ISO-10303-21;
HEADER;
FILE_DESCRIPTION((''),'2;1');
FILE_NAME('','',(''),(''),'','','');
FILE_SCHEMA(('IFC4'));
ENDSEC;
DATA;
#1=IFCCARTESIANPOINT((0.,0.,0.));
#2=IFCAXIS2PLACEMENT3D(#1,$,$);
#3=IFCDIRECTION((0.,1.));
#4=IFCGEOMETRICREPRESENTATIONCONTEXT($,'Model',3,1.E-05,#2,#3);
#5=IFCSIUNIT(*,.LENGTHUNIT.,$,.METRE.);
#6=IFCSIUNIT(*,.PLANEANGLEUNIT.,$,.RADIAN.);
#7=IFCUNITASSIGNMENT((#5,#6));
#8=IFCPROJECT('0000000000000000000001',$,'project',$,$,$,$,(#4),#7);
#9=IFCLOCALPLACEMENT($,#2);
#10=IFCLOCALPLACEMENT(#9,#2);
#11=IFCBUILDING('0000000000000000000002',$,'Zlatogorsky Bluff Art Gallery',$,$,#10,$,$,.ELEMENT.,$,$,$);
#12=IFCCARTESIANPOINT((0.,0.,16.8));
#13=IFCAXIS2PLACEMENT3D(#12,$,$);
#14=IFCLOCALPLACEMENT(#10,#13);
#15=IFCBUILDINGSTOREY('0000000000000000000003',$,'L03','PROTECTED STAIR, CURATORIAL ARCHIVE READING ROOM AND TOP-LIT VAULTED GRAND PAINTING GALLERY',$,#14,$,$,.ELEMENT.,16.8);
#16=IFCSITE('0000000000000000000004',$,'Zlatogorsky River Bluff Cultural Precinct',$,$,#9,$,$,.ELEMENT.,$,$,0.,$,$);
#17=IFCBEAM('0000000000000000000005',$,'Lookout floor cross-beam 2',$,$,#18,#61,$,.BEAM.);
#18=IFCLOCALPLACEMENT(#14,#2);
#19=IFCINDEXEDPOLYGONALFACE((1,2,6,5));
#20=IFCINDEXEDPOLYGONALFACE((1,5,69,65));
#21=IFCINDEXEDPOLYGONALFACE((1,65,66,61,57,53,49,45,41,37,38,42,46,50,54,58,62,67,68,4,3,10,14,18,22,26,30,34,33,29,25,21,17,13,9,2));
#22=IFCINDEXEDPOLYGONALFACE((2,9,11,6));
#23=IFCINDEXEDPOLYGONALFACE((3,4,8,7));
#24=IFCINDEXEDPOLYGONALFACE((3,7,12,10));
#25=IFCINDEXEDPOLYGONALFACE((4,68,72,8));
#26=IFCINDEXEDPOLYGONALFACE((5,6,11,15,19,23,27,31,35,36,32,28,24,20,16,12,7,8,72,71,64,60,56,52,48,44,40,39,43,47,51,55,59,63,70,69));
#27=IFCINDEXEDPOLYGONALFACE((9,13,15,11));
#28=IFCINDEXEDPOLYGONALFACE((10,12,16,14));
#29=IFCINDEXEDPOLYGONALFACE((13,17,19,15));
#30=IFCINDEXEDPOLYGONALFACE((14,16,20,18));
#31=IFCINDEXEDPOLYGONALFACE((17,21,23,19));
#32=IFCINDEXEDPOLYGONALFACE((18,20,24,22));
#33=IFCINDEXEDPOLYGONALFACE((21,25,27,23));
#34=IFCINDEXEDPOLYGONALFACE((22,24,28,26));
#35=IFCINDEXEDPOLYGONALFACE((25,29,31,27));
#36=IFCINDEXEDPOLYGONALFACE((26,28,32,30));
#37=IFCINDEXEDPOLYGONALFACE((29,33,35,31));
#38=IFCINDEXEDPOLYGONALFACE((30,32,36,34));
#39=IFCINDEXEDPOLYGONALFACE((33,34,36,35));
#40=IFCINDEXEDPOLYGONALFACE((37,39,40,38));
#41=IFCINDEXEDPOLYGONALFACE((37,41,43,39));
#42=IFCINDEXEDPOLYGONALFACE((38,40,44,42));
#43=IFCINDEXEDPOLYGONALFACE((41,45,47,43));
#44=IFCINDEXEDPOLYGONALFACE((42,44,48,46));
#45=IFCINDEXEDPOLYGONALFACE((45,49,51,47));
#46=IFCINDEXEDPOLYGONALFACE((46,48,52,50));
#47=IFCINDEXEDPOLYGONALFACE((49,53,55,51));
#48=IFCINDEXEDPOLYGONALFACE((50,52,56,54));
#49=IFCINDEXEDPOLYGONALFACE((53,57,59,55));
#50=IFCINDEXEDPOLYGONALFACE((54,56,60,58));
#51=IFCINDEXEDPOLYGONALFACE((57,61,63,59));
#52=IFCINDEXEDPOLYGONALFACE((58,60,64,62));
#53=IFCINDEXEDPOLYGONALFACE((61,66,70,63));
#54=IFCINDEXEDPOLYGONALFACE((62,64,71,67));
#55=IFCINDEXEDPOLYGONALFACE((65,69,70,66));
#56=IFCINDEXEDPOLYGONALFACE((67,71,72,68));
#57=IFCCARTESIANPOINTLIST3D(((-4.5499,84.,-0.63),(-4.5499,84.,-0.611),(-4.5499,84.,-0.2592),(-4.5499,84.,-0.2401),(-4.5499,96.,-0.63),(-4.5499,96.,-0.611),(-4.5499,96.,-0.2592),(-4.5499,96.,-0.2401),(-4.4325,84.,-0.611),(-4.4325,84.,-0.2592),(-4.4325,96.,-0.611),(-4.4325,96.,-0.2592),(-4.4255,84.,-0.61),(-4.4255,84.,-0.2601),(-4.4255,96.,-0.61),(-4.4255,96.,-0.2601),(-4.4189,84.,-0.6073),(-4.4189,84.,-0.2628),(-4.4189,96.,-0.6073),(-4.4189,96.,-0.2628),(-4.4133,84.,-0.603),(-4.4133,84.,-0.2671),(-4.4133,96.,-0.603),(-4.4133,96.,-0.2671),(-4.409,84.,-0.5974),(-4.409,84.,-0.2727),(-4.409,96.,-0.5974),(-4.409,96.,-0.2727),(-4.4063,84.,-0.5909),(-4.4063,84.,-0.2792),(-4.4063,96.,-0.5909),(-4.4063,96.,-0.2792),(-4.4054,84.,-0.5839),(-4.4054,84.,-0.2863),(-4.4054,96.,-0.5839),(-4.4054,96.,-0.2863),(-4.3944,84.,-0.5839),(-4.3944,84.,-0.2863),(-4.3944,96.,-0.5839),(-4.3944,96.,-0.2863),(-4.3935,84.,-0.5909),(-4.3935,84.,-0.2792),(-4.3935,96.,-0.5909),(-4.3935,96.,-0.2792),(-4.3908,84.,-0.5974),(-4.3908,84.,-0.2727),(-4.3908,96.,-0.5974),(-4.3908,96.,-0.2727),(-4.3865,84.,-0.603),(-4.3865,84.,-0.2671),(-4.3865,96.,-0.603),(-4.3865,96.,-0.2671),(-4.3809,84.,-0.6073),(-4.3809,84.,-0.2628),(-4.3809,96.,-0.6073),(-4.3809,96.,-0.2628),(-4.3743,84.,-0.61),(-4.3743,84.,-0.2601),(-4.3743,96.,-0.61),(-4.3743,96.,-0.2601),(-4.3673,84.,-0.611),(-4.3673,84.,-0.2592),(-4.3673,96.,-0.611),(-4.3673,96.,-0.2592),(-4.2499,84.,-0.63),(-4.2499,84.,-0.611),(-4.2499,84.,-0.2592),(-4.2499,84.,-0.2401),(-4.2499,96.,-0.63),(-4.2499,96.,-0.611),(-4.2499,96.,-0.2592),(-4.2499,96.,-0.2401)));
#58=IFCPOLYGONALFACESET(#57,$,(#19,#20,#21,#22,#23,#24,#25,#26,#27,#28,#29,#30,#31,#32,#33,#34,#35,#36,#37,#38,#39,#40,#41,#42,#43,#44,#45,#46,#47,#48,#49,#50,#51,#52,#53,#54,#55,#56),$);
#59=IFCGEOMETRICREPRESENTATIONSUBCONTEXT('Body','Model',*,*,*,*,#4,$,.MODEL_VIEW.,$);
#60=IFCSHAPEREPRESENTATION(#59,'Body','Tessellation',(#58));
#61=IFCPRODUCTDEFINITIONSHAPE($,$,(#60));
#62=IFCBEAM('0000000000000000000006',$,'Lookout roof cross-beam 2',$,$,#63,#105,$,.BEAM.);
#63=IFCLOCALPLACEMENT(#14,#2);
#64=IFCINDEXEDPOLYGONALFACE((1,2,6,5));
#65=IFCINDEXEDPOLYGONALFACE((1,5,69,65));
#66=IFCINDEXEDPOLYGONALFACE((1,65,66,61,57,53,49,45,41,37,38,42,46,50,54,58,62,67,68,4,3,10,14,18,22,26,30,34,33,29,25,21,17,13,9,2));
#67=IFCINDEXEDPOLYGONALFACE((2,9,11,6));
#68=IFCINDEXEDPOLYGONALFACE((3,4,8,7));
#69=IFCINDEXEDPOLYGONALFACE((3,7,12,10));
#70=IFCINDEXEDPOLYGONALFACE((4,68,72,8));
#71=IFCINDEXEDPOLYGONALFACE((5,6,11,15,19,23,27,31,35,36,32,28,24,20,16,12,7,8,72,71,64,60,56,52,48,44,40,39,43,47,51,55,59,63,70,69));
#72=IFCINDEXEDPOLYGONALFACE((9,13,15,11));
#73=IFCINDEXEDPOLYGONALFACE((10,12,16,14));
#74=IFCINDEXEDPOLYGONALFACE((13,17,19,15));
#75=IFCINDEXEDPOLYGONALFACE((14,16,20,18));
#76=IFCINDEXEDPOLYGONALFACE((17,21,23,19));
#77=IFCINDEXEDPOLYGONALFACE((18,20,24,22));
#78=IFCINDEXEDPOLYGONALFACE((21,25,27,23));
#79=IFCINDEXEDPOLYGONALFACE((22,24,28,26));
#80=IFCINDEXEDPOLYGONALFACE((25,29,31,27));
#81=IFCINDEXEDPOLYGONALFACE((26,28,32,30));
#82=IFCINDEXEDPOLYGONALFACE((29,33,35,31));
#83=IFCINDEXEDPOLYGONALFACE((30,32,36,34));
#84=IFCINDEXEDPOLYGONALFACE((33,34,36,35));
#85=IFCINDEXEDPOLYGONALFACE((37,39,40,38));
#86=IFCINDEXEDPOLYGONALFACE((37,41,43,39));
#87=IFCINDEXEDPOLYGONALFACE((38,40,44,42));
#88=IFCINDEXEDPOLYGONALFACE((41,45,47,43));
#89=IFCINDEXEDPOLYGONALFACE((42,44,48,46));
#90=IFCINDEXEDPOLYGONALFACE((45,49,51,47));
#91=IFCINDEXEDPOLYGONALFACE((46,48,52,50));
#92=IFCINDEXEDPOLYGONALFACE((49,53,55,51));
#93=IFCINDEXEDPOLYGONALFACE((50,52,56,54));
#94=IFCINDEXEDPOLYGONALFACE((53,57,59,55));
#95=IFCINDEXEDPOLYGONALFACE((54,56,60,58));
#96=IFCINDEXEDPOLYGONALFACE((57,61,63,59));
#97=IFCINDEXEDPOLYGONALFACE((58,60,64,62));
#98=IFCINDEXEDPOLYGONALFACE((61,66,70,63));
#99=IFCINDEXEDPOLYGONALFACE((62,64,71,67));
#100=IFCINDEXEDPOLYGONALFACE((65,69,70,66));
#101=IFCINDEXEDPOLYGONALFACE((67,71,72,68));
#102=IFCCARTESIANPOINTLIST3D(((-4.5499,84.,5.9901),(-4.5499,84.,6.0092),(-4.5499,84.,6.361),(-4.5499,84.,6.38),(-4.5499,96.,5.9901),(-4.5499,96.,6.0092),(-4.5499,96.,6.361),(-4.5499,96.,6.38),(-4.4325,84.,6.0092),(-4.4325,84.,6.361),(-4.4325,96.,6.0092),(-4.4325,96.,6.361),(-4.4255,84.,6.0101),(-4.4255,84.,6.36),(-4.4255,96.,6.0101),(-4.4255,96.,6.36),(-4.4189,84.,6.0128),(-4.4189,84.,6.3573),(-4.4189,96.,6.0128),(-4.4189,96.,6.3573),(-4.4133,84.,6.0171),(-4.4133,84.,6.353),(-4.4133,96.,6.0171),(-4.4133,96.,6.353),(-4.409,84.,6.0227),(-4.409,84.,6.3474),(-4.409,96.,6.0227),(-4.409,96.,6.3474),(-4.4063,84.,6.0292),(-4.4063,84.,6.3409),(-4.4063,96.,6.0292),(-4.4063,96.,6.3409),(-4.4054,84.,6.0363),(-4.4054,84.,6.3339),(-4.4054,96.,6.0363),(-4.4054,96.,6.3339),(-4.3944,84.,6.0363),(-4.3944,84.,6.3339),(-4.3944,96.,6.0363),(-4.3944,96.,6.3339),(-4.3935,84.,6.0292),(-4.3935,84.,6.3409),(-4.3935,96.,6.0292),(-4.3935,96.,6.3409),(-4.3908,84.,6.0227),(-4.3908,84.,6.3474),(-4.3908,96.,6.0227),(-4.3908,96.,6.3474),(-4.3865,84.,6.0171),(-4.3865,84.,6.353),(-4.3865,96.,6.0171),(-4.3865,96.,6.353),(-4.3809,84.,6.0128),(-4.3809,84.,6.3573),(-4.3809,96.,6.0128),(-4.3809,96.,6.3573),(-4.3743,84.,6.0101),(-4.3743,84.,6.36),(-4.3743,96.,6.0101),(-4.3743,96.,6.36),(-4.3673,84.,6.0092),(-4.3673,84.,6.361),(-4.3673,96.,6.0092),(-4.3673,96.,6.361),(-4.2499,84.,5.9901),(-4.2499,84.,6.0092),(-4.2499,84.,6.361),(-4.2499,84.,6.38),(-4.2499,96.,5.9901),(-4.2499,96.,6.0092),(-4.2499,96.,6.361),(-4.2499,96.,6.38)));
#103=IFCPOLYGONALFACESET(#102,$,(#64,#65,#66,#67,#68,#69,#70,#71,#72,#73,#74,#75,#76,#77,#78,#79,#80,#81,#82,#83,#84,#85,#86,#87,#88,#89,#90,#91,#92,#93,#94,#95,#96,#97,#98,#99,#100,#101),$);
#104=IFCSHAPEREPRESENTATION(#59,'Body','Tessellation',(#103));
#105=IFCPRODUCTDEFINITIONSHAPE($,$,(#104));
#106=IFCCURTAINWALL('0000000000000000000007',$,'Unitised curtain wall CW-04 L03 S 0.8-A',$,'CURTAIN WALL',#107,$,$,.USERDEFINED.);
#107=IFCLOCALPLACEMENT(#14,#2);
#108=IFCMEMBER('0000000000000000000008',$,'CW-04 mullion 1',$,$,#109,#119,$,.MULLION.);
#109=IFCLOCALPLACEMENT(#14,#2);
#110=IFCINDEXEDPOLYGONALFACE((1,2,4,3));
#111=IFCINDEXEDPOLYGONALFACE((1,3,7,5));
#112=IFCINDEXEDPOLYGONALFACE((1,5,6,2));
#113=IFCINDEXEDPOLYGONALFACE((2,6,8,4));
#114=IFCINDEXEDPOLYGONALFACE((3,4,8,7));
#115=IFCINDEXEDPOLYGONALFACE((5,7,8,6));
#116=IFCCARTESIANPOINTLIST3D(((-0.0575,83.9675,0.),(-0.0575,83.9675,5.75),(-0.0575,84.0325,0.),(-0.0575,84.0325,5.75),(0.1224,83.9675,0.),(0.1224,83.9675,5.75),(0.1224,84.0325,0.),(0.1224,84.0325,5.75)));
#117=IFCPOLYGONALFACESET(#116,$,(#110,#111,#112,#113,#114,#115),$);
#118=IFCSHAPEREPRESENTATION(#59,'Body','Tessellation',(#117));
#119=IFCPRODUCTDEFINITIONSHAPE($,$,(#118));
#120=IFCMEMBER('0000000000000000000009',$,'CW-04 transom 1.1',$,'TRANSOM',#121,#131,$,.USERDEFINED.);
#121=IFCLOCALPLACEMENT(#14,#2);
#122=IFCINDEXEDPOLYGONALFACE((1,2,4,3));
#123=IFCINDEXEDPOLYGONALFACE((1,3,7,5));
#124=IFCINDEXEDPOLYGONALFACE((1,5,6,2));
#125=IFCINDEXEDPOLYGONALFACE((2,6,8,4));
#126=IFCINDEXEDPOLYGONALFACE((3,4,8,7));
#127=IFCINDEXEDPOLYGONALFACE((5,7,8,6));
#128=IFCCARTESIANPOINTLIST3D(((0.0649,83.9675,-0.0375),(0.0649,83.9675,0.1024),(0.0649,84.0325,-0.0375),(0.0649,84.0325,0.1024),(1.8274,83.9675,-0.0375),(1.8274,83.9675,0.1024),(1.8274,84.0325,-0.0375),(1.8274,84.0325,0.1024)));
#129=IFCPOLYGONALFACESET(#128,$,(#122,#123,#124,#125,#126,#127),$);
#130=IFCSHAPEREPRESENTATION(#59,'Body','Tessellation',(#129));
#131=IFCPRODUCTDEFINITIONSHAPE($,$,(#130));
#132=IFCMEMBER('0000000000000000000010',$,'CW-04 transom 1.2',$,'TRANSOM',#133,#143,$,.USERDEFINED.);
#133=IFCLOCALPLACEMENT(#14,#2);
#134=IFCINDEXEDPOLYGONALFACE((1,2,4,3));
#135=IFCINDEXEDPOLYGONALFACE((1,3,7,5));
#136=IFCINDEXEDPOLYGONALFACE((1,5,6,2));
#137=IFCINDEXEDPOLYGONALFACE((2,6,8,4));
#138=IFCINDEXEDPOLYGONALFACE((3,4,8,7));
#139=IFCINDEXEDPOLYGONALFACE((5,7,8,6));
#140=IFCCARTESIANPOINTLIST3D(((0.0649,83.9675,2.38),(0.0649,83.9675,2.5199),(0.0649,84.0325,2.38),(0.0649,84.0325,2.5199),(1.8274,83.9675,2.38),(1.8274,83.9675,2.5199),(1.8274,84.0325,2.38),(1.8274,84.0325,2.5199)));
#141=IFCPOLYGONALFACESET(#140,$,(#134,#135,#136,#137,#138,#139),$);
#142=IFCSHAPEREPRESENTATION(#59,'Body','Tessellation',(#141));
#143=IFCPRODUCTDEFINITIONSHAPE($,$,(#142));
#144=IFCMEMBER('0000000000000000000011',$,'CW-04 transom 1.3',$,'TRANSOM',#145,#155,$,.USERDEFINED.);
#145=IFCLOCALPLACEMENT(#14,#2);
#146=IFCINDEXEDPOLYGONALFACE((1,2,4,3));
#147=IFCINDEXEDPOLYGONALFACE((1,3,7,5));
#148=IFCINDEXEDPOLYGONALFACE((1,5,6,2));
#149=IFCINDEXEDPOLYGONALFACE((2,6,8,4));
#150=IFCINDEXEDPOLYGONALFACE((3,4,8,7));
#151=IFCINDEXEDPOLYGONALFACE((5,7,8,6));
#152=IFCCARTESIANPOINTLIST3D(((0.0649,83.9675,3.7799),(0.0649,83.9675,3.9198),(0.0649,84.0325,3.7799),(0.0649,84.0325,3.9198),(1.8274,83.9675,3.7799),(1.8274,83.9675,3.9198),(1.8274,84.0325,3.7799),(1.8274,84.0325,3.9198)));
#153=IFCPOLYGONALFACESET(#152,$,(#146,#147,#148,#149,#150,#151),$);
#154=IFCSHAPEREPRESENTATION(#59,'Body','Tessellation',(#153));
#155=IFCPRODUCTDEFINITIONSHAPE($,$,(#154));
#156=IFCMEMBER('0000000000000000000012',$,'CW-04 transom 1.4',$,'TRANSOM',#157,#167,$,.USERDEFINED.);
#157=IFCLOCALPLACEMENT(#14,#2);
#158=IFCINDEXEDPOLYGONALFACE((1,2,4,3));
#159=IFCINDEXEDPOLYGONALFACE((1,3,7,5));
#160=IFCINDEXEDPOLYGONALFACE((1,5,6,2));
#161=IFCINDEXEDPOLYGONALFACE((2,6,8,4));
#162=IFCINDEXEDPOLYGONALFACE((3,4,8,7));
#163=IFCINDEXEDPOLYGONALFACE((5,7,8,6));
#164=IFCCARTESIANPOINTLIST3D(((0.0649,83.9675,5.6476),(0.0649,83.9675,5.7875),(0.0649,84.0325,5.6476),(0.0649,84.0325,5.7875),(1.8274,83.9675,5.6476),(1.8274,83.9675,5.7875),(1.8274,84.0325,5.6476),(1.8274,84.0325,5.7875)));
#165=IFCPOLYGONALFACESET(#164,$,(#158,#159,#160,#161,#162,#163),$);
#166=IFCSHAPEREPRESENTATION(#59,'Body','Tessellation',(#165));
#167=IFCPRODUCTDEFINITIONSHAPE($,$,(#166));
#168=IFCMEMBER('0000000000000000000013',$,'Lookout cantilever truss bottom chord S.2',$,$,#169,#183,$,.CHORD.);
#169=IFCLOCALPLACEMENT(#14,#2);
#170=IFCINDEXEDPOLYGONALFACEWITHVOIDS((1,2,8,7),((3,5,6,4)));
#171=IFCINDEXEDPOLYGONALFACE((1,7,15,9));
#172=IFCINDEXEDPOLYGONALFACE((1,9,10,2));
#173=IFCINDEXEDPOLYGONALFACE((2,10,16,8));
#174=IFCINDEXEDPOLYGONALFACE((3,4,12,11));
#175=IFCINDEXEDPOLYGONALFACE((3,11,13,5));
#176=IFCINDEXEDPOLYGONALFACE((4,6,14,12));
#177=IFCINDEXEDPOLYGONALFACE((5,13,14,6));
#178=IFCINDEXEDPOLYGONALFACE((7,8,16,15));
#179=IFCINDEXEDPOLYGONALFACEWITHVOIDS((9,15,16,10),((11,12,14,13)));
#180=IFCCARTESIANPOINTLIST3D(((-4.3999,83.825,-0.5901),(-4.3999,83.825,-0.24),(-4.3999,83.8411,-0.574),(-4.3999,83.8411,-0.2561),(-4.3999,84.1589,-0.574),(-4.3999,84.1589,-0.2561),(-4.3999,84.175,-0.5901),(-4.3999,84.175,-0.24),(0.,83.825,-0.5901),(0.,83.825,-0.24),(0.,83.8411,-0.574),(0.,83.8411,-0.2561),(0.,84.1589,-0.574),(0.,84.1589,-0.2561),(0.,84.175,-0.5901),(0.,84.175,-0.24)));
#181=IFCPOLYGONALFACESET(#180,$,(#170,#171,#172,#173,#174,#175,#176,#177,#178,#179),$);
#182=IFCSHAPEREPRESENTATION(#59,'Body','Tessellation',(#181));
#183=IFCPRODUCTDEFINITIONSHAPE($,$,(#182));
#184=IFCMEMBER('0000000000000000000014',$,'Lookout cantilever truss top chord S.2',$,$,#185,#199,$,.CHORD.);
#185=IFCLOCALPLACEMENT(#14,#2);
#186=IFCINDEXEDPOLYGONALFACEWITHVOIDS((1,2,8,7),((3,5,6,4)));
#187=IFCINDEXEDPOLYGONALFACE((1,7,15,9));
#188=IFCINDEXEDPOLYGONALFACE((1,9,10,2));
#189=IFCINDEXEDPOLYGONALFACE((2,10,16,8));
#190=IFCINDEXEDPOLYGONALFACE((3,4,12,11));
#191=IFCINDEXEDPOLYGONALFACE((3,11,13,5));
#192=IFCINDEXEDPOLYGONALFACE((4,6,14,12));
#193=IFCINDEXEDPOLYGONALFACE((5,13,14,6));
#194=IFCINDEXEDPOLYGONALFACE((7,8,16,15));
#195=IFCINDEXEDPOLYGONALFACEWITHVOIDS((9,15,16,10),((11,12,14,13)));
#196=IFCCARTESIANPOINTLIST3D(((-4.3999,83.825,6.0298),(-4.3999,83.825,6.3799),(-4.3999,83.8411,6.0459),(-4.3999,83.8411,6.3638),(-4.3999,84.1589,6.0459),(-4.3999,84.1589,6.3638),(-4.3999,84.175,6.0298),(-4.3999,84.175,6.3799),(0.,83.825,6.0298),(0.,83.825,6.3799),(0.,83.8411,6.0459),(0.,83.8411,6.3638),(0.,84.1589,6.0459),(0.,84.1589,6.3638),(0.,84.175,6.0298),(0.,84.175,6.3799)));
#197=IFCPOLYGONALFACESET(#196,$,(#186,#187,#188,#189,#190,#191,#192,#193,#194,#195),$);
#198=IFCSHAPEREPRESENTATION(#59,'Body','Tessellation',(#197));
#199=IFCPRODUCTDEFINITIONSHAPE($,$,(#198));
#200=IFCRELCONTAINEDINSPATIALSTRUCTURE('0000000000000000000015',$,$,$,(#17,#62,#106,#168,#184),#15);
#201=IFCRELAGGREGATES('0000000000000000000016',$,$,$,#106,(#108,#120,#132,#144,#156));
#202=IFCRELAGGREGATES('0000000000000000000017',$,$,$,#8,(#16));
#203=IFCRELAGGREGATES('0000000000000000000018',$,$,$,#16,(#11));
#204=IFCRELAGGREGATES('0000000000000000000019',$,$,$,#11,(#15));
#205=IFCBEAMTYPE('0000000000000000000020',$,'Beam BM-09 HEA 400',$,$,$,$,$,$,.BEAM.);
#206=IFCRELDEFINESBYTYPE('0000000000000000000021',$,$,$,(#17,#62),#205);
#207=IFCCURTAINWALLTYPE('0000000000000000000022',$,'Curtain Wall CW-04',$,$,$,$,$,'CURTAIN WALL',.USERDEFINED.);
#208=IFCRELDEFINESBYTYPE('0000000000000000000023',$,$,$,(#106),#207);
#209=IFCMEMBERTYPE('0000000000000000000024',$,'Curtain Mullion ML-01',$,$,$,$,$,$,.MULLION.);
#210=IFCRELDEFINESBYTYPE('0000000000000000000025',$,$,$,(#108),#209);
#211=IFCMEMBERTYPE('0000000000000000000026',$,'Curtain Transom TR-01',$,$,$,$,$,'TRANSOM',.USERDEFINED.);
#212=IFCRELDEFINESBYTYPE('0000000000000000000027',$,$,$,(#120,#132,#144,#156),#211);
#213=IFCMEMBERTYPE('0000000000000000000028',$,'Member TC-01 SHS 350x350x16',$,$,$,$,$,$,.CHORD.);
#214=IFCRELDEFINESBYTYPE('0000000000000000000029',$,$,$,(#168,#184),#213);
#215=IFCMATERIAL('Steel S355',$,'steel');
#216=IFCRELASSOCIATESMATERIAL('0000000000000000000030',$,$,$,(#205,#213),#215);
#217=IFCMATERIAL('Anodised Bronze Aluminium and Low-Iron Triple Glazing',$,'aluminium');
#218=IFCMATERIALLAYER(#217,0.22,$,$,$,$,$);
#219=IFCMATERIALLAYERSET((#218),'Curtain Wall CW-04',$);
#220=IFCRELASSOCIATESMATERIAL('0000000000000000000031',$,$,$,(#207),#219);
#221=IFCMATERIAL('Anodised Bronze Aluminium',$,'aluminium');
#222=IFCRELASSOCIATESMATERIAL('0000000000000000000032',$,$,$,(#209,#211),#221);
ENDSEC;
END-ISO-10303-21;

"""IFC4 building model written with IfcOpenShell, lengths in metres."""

from ifc_helpers import new_model, si_unit, direction, frame, origin, origin_2d, place, context, subcontext, project, spatial, rectangle, hollow_rectangle, i_section, extrude, material, layer, layer_set, material_profile, profile_set, type_object, element, aggregate, save


model = new_model("IFC4")

# Units and contexts
model_context = context("Model", 3, precision=1e-05, world=origin(), true_north=direction((0.0, 1.0)))
body_context = subcontext(model_context, "Body", "Model", "MODEL_VIEW")
ifc_project = project(units=[si_unit("LENGTHUNIT", "METRE"), si_unit("PLANEANGLEUNIT", "RADIAN")], contexts=[model_context])

# Site, building, storey
site_placement = place(None, origin())
site = spatial("IfcSite", under=ifc_project, at=site_placement, Name="Zlatogorsky River Bluff Cultural Precinct", CompositionType="ELEMENT", RefElevation=0.0)
building_placement = place(site_placement, origin())
building = spatial("IfcBuilding", under=site, at=building_placement, Name="Zlatogorsky Bluff Art Gallery", CompositionType="ELEMENT")
storey_placement = place(building_placement, frame((0.0, 0.0, 16.8)))
storey = spatial("IfcBuildingStorey", under=building, at=storey_placement, Name="L03", Description="PROTECTED STAIR, CURATORIAL ARCHIVE READING ROOM AND TOP-LIT VAULTED GRAND PAINTING GALLERY", CompositionType="ELEMENT", Elevation=16.8)

# Shared definitions
ifc_material_1 = material(Name="Steel S355", Category="steel")

# Beams
ifc_material_profile_1 = material_profile(ifc_material_1, i_section(OverallWidth=0.3, OverallDepth=0.3899, WebThickness=0.011, FlangeThickness=0.019, FilletRadius=0.0271, at=origin_2d()), Name="HEA 400")
ifc_profile_set_1 = profile_set([ifc_material_profile_1], Name="Steel S355")
beam_type_1 = type_object("IfcBeamType", Name="Beam BM-09 HEA 400", PredefinedType="BEAM", material=ifc_profile_set_1)
for number, where, z_axis, x_axis, name in (
    (1, (-4.3999, 84.0, -0.4351), (0.0, 1.0, 0.0), (-1.0, 0.0, 0.0), "Lookout floor cross-beam 2"),
    (2, (-4.3999, 84.0, 6.1851), (0.0, 1.0, 0.0), (-1.0, 0.0, 0.0), "Lookout roof cross-beam 2"),
):
    element("IfcBeam", number, at=place(storey_placement, frame(where, z_axis=z_axis, x_axis=x_axis)), inside=storey, type_object=beam_type_1, Name=name, PredefinedType="BEAM", context=body_context, shape_type="SweptSolid", body=[
        extrude(i_section(OverallWidth=0.3, OverallDepth=0.3899, WebThickness=0.011, FlangeThickness=0.019, FilletRadius=0.0271, at=origin_2d()), origin(), (0.0, 0.0, 1.0), 12.0),
    ])

# Curtain wall, members
ifc_material_2 = material(Name="Anodised Bronze Aluminium and Low-Iron Triple Glazing", Category="aluminium")
ifc_layer_1 = layer(ifc_material_2, 0.22)
ifc_layer_set_1 = layer_set([ifc_layer_1], Name="Curtain Wall CW-04")
curtain_wall_type = type_object("IfcCurtainWallType", Name="Curtain Wall CW-04", ElementType="CURTAIN WALL", PredefinedType="USERDEFINED", material=ifc_layer_set_1)
curtain_wall_placement = place(storey_placement, origin())
curtain_wall = element("IfcCurtainWall", 3, at=curtain_wall_placement, inside=storey, type_object=curtain_wall_type, Name="Unitised curtain wall CW-04 L03 S 0.8-A", ObjectType="CURTAIN WALL", PredefinedType="USERDEFINED")
ifc_material_3 = material(Name="Anodised Bronze Aluminium", Category="aluminium")
ifc_material_profile_2 = material_profile(ifc_material_3, rectangle(XDim=0.0649, YDim=0.1799, at=origin_2d()), Name="ALU MULLION 65x180")
ifc_profile_set_2 = profile_set([ifc_material_profile_2], Name="Anodised Bronze Aluminium")
member_type_1 = type_object("IfcMemberType", Name="Curtain Mullion ML-01", PredefinedType="MULLION", material=ifc_profile_set_2)
member_1_placement = place(storey_placement, frame((0.0325, 84.0, 0.0), z_axis=(0.0, 0.0, 1.0), x_axis=(0.0, 1.0, 0.0)))
member_1 = element("IfcMember", 4, at=member_1_placement, type_object=member_type_1, Name="CW-04 mullion 1", PredefinedType="MULLION", context=body_context, shape_type="SweptSolid", body=[
    extrude(rectangle(XDim=0.0649, YDim=0.1799, at=origin_2d()), origin(), (0.0, 0.0, 1.0), 5.75),
])
ifc_material_profile_3 = material_profile(ifc_material_3, rectangle(XDim=0.0649, YDim=0.1399, at=origin_2d()), Name="ALU TRANSOM 65x140")
ifc_profile_set_3 = profile_set([ifc_material_profile_3], Name="Anodised Bronze Aluminium")
member_type_2 = type_object("IfcMemberType", Name="Curtain Transom TR-01", ElementType="TRANSOM", PredefinedType="USERDEFINED", material=ifc_profile_set_3)
member_2_placement = place(storey_placement, frame((0.0649, 84.0, 0.0325), z_axis=(1.0, 0.0, 0.0), x_axis=(0.0, 1.0, 0.0)))
member_2 = element("IfcMember", 5, at=member_2_placement, type_object=member_type_2, Name="CW-04 transom 1.1", ObjectType="TRANSOM", PredefinedType="USERDEFINED", context=body_context, shape_type="SweptSolid", body=[
    extrude(rectangle(XDim=0.0649, YDim=0.1399, at=origin_2d()), origin(), (0.0, 0.0, 1.0), 1.7625),
])
member_3_placement = place(storey_placement, frame((0.0649, 84.0, 2.45), z_axis=(1.0, 0.0, 0.0), x_axis=(0.0, 1.0, 0.0)))
member_3 = element("IfcMember", 6, at=member_3_placement, type_object=member_type_2, Name="CW-04 transom 1.2", ObjectType="TRANSOM", PredefinedType="USERDEFINED", context=body_context, shape_type="SweptSolid", body=[
    extrude(rectangle(XDim=0.0649, YDim=0.1399, at=origin_2d()), origin(), (0.0, 0.0, 1.0), 1.7625),
])
member_4_placement = place(storey_placement, frame((0.0649, 84.0, 3.8499), z_axis=(1.0, 0.0, 0.0), x_axis=(0.0, 1.0, 0.0)))
member_4 = element("IfcMember", 7, at=member_4_placement, type_object=member_type_2, Name="CW-04 transom 1.3", ObjectType="TRANSOM", PredefinedType="USERDEFINED", context=body_context, shape_type="SweptSolid", body=[
    extrude(rectangle(XDim=0.0649, YDim=0.1399, at=origin_2d()), origin(), (0.0, 0.0, 1.0), 1.7625),
])
member_5_placement = place(storey_placement, frame((0.0649, 84.0, 5.7175), z_axis=(1.0, 0.0, 0.0), x_axis=(0.0, 1.0, 0.0)))
member_5 = element("IfcMember", 8, at=member_5_placement, type_object=member_type_2, Name="CW-04 transom 1.4", ObjectType="TRANSOM", PredefinedType="USERDEFINED", context=body_context, shape_type="SweptSolid", body=[
    extrude(rectangle(XDim=0.0649, YDim=0.1399, at=origin_2d()), origin(), (0.0, 0.0, 1.0), 1.7625),
])

# Members
ifc_material_profile_4 = material_profile(ifc_material_1, hollow_rectangle(XDim=0.3501, YDim=0.3501, WallThickness=0.0161, at=origin_2d()), Name="SHS 350x350x16")
ifc_profile_set_4 = profile_set([ifc_material_profile_4], Name="Steel S355")
member_type_3 = type_object("IfcMemberType", Name="Member TC-01 SHS 350x350x16", PredefinedType="CHORD", material=ifc_profile_set_4)
for number, where, z_axis, x_axis, name in (
    (9, (-4.3999, 84.0, -0.415), (1.0, 0.0, 0.0), (0.0, 1.0, 0.0), "Lookout cantilever truss bottom chord S.2"),
    (10, (-4.3999, 84.0, 6.2048), (1.0, 0.0, 0.0), (0.0, 1.0, 0.0), "Lookout cantilever truss top chord S.2"),
):
    element("IfcMember", number, at=place(storey_placement, frame(where, z_axis=z_axis, x_axis=x_axis)), inside=storey, type_object=member_type_3, Name=name, PredefinedType="CHORD", context=body_context, shape_type="SweptSolid", body=[
        extrude(hollow_rectangle(XDim=0.3501, YDim=0.3501, WallThickness=0.0161, at=origin_2d()), origin(), (0.0, 0.0, 1.0), 4.3999),
    ])

aggregate(curtain_wall, [member_1, member_2, member_3, member_4, member_5])

save(model, "model.ifc")
